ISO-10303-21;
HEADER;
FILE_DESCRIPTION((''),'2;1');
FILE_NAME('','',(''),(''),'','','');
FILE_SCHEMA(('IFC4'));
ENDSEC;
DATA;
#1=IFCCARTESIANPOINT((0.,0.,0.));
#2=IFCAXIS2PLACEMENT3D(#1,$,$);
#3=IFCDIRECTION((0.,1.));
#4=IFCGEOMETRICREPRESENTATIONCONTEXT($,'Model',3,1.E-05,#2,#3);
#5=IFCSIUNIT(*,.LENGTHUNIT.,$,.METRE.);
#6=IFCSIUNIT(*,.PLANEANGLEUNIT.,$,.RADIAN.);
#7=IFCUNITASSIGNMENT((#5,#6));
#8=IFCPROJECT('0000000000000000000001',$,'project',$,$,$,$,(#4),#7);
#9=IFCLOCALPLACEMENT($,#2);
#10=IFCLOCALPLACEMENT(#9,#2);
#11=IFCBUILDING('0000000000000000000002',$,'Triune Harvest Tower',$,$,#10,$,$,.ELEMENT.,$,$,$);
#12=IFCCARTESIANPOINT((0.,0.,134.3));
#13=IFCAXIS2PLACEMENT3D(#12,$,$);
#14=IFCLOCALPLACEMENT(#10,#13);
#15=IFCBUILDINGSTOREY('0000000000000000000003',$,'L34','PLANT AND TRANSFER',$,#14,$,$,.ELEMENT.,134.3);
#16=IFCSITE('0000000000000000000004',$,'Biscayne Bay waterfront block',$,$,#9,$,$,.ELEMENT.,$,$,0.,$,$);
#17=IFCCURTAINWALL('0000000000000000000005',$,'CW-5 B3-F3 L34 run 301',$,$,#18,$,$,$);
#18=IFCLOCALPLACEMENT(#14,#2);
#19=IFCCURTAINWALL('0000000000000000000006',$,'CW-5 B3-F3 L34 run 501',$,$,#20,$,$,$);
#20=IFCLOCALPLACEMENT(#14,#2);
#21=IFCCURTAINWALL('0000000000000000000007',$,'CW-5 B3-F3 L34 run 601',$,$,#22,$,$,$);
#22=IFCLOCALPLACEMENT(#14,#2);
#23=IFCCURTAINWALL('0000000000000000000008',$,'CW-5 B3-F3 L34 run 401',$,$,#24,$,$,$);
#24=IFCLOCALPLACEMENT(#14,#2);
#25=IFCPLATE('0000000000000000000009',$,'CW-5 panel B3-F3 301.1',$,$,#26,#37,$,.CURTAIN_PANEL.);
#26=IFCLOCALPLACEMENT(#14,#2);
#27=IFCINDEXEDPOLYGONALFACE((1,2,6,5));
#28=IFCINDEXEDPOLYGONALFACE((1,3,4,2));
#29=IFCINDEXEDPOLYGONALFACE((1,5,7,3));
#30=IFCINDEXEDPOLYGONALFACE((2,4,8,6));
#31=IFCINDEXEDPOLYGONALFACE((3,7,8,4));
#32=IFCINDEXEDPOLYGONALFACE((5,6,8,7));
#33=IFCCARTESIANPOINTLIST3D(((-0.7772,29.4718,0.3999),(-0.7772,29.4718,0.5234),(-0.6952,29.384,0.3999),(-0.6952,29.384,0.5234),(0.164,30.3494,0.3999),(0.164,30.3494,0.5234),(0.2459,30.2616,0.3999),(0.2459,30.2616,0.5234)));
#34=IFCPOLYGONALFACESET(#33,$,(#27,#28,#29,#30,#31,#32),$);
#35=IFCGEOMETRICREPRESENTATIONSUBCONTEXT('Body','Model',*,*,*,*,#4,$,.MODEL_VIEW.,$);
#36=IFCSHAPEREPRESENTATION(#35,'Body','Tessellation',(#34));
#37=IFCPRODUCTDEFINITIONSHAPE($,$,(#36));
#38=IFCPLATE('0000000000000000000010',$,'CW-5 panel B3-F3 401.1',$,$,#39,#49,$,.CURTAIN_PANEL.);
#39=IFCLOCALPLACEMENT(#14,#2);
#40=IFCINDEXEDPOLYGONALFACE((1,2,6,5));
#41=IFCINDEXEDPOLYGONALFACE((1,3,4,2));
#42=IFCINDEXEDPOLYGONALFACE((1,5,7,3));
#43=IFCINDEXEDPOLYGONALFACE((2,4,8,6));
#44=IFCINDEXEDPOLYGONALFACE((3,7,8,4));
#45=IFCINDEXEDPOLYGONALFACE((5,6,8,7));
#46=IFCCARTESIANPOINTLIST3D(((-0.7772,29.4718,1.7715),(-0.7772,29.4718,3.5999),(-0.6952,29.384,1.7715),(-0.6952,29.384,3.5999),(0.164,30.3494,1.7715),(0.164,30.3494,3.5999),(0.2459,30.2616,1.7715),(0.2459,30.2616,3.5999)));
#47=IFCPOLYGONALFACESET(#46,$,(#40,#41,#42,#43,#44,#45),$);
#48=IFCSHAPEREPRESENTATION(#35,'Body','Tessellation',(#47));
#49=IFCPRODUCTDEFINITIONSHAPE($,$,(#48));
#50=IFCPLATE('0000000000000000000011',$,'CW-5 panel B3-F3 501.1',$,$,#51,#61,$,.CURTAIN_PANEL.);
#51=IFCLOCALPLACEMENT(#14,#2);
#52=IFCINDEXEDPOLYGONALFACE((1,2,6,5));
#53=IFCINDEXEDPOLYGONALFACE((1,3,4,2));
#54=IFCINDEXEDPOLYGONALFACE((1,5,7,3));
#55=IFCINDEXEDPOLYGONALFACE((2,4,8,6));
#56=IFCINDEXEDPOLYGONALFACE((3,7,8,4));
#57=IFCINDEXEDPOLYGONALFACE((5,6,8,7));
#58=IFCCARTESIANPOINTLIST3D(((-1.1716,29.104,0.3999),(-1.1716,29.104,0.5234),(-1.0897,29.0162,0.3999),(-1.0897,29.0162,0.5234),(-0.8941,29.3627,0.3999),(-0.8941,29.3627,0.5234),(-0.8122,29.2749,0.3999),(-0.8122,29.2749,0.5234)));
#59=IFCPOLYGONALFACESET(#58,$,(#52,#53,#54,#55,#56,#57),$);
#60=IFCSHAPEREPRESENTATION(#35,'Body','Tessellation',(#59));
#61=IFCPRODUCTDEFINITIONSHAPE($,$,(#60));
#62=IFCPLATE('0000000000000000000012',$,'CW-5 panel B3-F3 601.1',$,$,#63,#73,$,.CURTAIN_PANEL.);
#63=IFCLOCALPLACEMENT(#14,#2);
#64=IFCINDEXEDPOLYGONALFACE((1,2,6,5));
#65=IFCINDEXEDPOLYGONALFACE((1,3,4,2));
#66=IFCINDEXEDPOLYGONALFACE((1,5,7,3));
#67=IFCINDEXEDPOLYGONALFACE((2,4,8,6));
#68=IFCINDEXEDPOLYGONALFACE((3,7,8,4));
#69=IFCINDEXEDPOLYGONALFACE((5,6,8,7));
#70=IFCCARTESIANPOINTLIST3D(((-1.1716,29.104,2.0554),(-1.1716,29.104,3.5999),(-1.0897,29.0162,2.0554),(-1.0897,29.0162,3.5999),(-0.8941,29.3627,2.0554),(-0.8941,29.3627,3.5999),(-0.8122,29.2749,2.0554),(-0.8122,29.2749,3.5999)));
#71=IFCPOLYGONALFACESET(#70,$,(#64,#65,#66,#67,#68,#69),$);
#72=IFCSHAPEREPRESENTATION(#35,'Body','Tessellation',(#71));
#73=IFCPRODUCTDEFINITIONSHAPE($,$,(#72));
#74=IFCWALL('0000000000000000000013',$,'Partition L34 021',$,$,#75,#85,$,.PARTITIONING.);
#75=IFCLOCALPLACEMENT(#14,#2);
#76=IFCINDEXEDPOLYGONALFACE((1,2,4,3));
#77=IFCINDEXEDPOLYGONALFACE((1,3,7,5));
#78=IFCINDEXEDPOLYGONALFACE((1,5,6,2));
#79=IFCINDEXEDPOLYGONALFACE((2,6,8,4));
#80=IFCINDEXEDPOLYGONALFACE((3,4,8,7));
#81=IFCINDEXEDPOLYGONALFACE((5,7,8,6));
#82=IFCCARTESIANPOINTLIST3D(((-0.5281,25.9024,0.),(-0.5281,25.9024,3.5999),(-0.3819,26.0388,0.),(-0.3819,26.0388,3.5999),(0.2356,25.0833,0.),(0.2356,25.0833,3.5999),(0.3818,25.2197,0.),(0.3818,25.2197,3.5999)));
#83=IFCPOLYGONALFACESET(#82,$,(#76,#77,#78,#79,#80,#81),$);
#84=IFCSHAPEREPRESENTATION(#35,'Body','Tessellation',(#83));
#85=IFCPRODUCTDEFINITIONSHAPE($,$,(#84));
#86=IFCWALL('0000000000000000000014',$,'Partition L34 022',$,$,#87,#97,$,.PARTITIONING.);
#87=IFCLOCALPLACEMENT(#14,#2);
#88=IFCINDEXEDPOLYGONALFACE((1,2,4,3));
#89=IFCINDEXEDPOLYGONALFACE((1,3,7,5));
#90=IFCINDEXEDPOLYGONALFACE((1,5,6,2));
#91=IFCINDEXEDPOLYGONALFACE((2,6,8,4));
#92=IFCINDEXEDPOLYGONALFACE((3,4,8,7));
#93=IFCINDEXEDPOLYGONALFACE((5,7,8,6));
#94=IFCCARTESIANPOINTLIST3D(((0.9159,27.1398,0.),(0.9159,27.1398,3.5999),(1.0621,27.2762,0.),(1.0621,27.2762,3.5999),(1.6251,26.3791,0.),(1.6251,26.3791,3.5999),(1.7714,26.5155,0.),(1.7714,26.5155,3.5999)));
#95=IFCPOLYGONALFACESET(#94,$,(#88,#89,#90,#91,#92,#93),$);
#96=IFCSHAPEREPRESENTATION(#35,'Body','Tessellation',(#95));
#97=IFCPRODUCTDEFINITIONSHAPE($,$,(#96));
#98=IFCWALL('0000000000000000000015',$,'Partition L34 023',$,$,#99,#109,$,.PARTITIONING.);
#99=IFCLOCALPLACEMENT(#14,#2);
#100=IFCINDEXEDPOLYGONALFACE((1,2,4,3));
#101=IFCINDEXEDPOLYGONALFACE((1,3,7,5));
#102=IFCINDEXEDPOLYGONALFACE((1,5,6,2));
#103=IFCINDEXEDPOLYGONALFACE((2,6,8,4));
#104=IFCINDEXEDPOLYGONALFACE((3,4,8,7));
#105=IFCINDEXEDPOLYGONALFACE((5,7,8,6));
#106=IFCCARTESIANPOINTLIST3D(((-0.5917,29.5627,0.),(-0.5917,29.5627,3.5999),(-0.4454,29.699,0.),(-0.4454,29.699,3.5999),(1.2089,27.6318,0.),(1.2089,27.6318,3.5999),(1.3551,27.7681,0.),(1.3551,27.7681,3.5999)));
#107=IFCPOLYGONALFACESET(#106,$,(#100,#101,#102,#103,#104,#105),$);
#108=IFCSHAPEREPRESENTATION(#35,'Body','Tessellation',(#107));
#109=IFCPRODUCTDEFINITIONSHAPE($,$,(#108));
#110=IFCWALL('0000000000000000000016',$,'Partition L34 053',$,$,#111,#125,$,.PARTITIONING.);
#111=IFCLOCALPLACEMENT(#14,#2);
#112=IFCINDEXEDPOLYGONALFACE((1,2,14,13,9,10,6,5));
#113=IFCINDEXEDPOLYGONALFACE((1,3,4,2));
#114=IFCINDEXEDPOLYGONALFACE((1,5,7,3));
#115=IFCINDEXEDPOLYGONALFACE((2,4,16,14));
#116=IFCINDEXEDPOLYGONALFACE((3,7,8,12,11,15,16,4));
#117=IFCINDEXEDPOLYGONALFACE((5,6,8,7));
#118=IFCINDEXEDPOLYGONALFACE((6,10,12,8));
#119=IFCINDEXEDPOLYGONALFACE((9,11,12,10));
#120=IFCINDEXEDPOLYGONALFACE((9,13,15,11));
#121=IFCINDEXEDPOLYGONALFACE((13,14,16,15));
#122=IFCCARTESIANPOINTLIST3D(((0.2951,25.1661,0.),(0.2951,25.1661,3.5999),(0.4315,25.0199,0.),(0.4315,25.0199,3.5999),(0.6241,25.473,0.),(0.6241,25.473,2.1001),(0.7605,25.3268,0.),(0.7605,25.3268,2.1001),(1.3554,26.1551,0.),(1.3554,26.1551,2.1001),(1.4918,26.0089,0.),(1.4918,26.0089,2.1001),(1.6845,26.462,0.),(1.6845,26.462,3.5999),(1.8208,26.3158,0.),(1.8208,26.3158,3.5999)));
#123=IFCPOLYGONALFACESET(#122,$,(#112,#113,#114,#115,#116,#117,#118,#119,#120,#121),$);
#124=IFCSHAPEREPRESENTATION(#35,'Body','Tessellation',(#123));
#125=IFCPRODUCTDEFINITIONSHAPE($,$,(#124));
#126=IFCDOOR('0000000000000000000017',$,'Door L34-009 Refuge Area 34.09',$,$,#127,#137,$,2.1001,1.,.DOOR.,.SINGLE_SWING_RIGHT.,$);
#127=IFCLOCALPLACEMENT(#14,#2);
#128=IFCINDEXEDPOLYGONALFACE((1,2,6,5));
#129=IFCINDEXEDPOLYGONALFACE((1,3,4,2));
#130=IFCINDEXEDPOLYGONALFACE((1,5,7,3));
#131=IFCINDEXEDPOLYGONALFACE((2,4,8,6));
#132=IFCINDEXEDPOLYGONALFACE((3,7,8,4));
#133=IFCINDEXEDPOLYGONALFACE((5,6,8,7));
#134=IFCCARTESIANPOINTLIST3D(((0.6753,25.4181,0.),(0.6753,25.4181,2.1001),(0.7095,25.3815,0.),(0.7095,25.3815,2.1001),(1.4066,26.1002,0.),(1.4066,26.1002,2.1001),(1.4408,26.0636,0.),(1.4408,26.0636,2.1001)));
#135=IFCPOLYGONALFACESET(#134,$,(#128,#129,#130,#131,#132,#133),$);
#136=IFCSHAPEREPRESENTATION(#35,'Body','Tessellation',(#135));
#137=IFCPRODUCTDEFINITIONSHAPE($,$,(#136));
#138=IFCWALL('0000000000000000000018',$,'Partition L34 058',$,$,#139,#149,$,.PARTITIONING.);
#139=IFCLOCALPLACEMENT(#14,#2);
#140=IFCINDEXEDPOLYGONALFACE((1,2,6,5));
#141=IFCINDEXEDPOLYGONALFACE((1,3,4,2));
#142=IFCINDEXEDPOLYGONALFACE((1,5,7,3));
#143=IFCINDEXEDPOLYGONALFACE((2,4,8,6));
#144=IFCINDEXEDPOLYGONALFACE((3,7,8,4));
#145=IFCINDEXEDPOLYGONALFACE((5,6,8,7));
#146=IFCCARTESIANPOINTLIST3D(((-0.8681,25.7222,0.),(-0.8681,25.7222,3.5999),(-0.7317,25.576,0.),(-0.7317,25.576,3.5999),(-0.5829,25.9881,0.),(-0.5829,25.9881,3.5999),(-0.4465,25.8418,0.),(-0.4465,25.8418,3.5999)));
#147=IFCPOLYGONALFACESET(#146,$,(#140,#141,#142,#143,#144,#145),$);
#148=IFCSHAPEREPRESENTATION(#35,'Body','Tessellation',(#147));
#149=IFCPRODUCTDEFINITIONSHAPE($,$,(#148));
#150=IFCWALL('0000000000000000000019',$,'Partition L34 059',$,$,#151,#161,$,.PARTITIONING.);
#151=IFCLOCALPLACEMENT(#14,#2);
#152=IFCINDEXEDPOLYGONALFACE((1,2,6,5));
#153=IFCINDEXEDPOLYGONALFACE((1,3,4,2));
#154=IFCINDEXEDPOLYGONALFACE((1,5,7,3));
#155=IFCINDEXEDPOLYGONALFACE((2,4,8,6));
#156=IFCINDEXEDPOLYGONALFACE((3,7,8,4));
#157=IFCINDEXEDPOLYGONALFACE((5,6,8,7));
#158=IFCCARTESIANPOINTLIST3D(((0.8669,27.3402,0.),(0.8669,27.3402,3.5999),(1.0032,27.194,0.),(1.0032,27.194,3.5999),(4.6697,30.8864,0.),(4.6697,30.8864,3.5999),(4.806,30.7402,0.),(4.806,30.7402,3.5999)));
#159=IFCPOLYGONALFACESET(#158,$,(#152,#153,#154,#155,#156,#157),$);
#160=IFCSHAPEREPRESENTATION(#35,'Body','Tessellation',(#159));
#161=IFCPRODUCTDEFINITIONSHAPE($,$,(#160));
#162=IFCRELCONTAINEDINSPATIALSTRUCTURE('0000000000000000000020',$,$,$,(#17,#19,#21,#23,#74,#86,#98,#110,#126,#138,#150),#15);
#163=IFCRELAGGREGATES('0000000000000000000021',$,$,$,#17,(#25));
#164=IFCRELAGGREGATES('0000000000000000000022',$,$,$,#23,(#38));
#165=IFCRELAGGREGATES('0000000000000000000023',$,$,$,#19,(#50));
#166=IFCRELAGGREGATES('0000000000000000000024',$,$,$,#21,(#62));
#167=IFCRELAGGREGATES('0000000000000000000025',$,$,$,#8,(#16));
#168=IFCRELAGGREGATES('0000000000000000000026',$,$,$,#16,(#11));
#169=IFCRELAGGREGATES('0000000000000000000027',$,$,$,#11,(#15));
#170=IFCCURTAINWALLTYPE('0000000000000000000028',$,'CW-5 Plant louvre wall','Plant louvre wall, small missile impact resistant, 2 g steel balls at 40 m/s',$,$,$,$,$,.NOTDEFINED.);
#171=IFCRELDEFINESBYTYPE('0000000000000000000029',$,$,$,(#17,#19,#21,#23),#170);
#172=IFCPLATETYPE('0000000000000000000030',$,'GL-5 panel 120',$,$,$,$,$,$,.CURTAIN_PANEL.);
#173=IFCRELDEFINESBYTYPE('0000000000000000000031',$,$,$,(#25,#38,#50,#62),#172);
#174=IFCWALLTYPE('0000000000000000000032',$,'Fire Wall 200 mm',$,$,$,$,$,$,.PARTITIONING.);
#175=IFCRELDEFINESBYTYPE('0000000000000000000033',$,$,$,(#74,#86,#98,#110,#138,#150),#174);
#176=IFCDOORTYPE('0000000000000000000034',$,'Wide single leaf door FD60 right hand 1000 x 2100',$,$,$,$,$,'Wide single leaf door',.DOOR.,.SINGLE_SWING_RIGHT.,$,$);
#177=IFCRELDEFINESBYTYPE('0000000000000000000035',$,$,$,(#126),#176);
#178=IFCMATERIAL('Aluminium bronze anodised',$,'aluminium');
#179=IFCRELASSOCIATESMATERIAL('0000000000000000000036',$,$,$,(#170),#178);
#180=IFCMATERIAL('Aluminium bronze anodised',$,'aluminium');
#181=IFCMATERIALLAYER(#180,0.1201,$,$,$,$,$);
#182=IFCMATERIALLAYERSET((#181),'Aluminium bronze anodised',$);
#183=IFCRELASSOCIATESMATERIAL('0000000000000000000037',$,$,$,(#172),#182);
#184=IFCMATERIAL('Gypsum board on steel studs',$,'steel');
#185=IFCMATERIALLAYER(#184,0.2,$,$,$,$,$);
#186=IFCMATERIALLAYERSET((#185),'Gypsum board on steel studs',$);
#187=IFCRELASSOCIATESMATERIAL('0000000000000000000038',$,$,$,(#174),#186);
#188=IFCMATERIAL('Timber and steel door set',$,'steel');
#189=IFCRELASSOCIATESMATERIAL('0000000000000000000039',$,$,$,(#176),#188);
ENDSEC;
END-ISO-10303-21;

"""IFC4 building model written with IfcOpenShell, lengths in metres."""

from ifc_helpers import new_model, si_unit, direction, frame, frame_2d, origin, origin_2d, place, context, subcontext, project, spatial, rectangle, extrude, material, layer, layer_set, type_object, element, fill, aggregate, save


model = new_model("IFC4")

# Units and contexts
model_context = context("Model", 3, precision=1e-05, world=origin(), true_north=direction((0.0, 1.0)))
body_context = subcontext(model_context, "Body", "Model", "MODEL_VIEW")
ifc_project = project(units=[si_unit("LENGTHUNIT", "METRE"), si_unit("PLANEANGLEUNIT", "RADIAN")], contexts=[model_context])

# Site, building, storey
site_placement = place(None, origin())
site = spatial("IfcSite", under=ifc_project, at=site_placement, Name="Biscayne Bay waterfront block", CompositionType="ELEMENT", RefElevation=0.0)
building_placement = place(site_placement, origin())
building = spatial("IfcBuilding", under=site, at=building_placement, Name="Triune Harvest Tower", CompositionType="ELEMENT")
storey_placement = place(building_placement, frame((0.0, 0.0, 134.3)))
storey = spatial("IfcBuildingStorey", under=building, at=storey_placement, Name="L34", Description="PLANT AND TRANSFER", CompositionType="ELEMENT", Elevation=134.3)

# Curtain wall
ifc_material_1 = material(Name="Aluminium bronze anodised", Category="aluminium")
curtain_wall_type = type_object("IfcCurtainWallType", Name="CW-5 Plant louvre wall", Description="Plant louvre wall, small missile impact resistant, 2 g steel balls at 40 m/s", PredefinedType="NOTDEFINED", material=ifc_material_1)
curtain_wall_1_placement = place(storey_placement, origin())
curtain_wall_1 = element("IfcCurtainWall", 1, at=curtain_wall_1_placement, inside=storey, type_object=curtain_wall_type, Name="CW-5 B3-F3 L34 run 301")

# Curtain wall
curtain_wall_2_placement = place(storey_placement, origin())
curtain_wall_2 = element("IfcCurtainWall", 2, at=curtain_wall_2_placement, inside=storey, type_object=curtain_wall_type, Name="CW-5 B3-F3 L34 run 501")

# Curtain wall
curtain_wall_3_placement = place(storey_placement, origin())
curtain_wall_3 = element("IfcCurtainWall", 3, at=curtain_wall_3_placement, inside=storey, type_object=curtain_wall_type, Name="CW-5 B3-F3 L34 run 601")

# Curtain wall
curtain_wall_4_placement = place(storey_placement, origin())
curtain_wall_4 = element("IfcCurtainWall", 4, at=curtain_wall_4_placement, inside=storey, type_object=curtain_wall_type, Name="CW-5 B3-F3 L34 run 401")

# Plates
ifc_material_2 = material(Name="Aluminium bronze anodised", Category="aluminium")
ifc_layer_1 = layer(ifc_material_2, 0.1201)
ifc_layer_set_1 = layer_set([ifc_layer_1], Name="Aluminium bronze anodised")
plate_type = type_object("IfcPlateType", Name="GL-5 panel 120", PredefinedType="CURTAIN_PANEL", material=ifc_layer_set_1)
plate_1_placement = place(storey_placement, frame((-0.2656, 29.8667, 0.3999), z_axis=(0.0, 0.0, 1.0), x_axis=(-0.731352, -0.682, 0.0)))
plate_1 = element("IfcPlate", 5, at=plate_1_placement, type_object=plate_type, Name="CW-5 panel B3-F3 301.1", PredefinedType="CURTAIN_PANEL", context=body_context, shape_type="SweptSolid", body=[
    extrude(rectangle(XDim=1.2869, YDim=0.1201, at=origin_2d()), origin(), (0.0, 0.0, 1.0), 0.1235),
])
aggregate(curtain_wall_1, [plate_1])
plate_2_placement = place(storey_placement, frame((-0.2656, 29.8667, 1.7715), z_axis=(0.0, 0.0, 1.0), x_axis=(-0.731352, -0.682, 0.0)))
plate_2 = element("IfcPlate", 6, at=plate_2_placement, type_object=plate_type, Name="CW-5 panel B3-F3 401.1", PredefinedType="CURTAIN_PANEL", context=body_context, shape_type="SweptSolid", body=[
    extrude(rectangle(XDim=1.2869, YDim=0.1201, at=origin_2d()), origin(), (0.0, 0.0, 1.0), 1.8284),
])
aggregate(curtain_wall_4, [plate_2])
plate_3_placement = place(storey_placement, frame((-0.9919, 29.1895, 0.3999), z_axis=(0.0, 0.0, 1.0), x_axis=(-0.731425, -0.681922, 0.0)))
plate_3 = element("IfcPlate", 7, at=plate_3_placement, type_object=plate_type, Name="CW-5 panel B3-F3 501.1", PredefinedType="CURTAIN_PANEL", context=body_context, shape_type="SweptSolid", body=[
    extrude(rectangle(XDim=0.3794, YDim=0.1201, at=origin_2d()), origin(), (0.0, 0.0, 1.0), 0.1235),
])
aggregate(curtain_wall_2, [plate_3])
plate_4_placement = place(storey_placement, frame((-0.9919, 29.1895, 2.0554), z_axis=(0.0, 0.0, 1.0), x_axis=(-0.731425, -0.681922, 0.0)))
plate_4 = element("IfcPlate", 8, at=plate_4_placement, type_object=plate_type, Name="CW-5 panel B3-F3 601.1", PredefinedType="CURTAIN_PANEL", context=body_context, shape_type="SweptSolid", body=[
    extrude(rectangle(XDim=0.3794, YDim=0.1201, at=origin_2d()), origin(), (0.0, 0.0, 1.0), 1.5444),
])
aggregate(curtain_wall_3, [plate_4])

# Walls
ifc_material_3 = material(Name="Gypsum board on steel studs", Category="steel")
ifc_layer_2 = layer(ifc_material_3, 0.2)
ifc_layer_set_2 = layer_set([ifc_layer_2], Name="Gypsum board on steel studs")
wall_type = type_object("IfcWallType", Name="Fire Wall 200 mm", PredefinedType="PARTITIONING", material=ifc_layer_set_2)
wall_1_placement = place(storey_placement, frame((-0.4551, 25.9707, 0.0), z_axis=(0.0, 0.0, 1.0), x_axis=(0.68193, -0.731418, 0.0)))
element("IfcWall", 9, at=wall_1_placement, inside=storey, type_object=wall_type, Name="Partition L34 021", PredefinedType="PARTITIONING", context=body_context, shape_type="SweptSolid", body=[
    extrude(rectangle(XDim=1.1199, YDim=0.2, at=frame_2d((0.5601, 0.0))), origin(), (0.0, 0.0, 1.0), 3.5999),
])
wall_2_placement = place(storey_placement, frame((0.989, 27.208, 0.0), z_axis=(0.0, 0.0, 1.0), x_axis=(0.681908, -0.731438, 0.0)))
element("IfcWall", 10, at=wall_2_placement, inside=storey, type_object=wall_type, Name="Partition L34 022", PredefinedType="PARTITIONING", context=body_context, shape_type="SweptSolid", body=[
    extrude(rectangle(XDim=1.04, YDim=0.2, at=frame_2d((0.52, 0.0))), origin(), (0.0, 0.0, 1.0), 3.5999),
])
wall_3_placement = place(storey_placement, frame((-0.5186, 29.6309, 0.0), z_axis=(0.0, 0.0, 1.0), x_axis=(0.681985, -0.731366, 0.0)))
element("IfcWall", 11, at=wall_3_placement, inside=storey, type_object=wall_type, Name="Partition L34 023", PredefinedType="PARTITIONING", context=body_context, shape_type="SweptSolid", body=[
    extrude(rectangle(XDim=2.6401, YDim=0.2, at=frame_2d((1.3201, 0.0))), origin(), (0.0, 0.0, 1.0), 3.5999),
])

# Wall, opening, door
wall_4_placement = place(storey_placement, frame((0.3633, 25.093, 0.0), z_axis=(0.0, 0.0, 1.0), x_axis=(0.731286, 0.682071, 0.0)))
wall_4 = element("IfcWall", 12, at=wall_4_placement, inside=storey, type_object=wall_type, Name="Partition L34 053", PredefinedType="PARTITIONING", context=body_context, shape_type="SweptSolid", body=[
    extrude(rectangle(XDim=1.8999, YDim=0.2, at=frame_2d((0.95, 0.0))), origin(), (0.0, 0.0, 1.0), 3.5999),
])
opening_placement = place(wall_4_placement, frame((0.45, 0.0, 0.0)))
opening = element("IfcOpeningElement", 13, at=opening_placement, cuts=wall_4, PredefinedType="OPENING", context=body_context, shape_type="SweptSolid", body=[
    extrude(rectangle(XDim=1.0, YDim=2.1001, at=frame_2d((0.5, 1.05))), frame((0.0, 0.1099, 0.0), z_axis=(0.0, -1.0, 0.0), x_axis=(1.0, 0.0, 0.0)), (0.0, 0.0, 1.0), 0.22),
])
ifc_material_4 = material(Name="Timber and steel door set", Category="steel")
door_type = type_object("IfcDoorType", Name="Wide single leaf door FD60 right hand 1000 x 2100", ElementType="Wide single leaf door", OperationType="SINGLE_SWING_RIGHT", PredefinedType="DOOR", material=ifc_material_4)
door_placement = place(opening_placement, origin())
door = element("IfcDoor", 14, at=door_placement, inside=storey, type_object=door_type, Name="Door L34-009 Refuge Area 34.09", OperationType="SINGLE_SWING_RIGHT", OverallHeight=2.1001, OverallWidth=1.0, PredefinedType="DOOR", context=body_context, shape_type="SweptSolid", body=[
    extrude(rectangle(XDim=1.0, YDim=2.1001, at=frame_2d((0.5, 1.05))), frame((0.0, 0.0249, 0.0), z_axis=(0.0, -1.0, 0.0), x_axis=(1.0, 0.0, 0.0)), (0.0, 0.0, 1.0), 0.05),
])
fill(opening, door)

# Walls
wall_5_placement = place(storey_placement, frame((-0.7998, 25.6492, 0.0), z_axis=(0.0, 0.0, 1.0), x_axis=(0.731409, 0.681939, 0.0)))
element("IfcWall", 15, at=wall_5_placement, inside=storey, type_object=wall_type, Name="Partition L34 058", PredefinedType="PARTITIONING", context=body_context, shape_type="SweptSolid", body=[
    extrude(rectangle(XDim=0.3899, YDim=0.2, at=frame_2d((0.1948, 0.0))), origin(), (0.0, 0.0, 1.0), 3.5999),
])
wall_6_placement = place(storey_placement, frame((0.9351, 27.2671, 0.0), z_axis=(0.0, 0.0, 1.0), x_axis=(0.73135, 0.682002, 0.0)))
element("IfcWall", 16, at=wall_6_placement, inside=storey, type_object=wall_type, Name="Partition L34 059", PredefinedType="PARTITIONING", context=body_context, shape_type="SweptSolid", body=[
    extrude(rectangle(XDim=5.1997, YDim=0.2, at=frame_2d((2.5999, 0.0))), origin(), (0.0, 0.0, 1.0), 3.5999),
])

save(model, "model.ifc")
